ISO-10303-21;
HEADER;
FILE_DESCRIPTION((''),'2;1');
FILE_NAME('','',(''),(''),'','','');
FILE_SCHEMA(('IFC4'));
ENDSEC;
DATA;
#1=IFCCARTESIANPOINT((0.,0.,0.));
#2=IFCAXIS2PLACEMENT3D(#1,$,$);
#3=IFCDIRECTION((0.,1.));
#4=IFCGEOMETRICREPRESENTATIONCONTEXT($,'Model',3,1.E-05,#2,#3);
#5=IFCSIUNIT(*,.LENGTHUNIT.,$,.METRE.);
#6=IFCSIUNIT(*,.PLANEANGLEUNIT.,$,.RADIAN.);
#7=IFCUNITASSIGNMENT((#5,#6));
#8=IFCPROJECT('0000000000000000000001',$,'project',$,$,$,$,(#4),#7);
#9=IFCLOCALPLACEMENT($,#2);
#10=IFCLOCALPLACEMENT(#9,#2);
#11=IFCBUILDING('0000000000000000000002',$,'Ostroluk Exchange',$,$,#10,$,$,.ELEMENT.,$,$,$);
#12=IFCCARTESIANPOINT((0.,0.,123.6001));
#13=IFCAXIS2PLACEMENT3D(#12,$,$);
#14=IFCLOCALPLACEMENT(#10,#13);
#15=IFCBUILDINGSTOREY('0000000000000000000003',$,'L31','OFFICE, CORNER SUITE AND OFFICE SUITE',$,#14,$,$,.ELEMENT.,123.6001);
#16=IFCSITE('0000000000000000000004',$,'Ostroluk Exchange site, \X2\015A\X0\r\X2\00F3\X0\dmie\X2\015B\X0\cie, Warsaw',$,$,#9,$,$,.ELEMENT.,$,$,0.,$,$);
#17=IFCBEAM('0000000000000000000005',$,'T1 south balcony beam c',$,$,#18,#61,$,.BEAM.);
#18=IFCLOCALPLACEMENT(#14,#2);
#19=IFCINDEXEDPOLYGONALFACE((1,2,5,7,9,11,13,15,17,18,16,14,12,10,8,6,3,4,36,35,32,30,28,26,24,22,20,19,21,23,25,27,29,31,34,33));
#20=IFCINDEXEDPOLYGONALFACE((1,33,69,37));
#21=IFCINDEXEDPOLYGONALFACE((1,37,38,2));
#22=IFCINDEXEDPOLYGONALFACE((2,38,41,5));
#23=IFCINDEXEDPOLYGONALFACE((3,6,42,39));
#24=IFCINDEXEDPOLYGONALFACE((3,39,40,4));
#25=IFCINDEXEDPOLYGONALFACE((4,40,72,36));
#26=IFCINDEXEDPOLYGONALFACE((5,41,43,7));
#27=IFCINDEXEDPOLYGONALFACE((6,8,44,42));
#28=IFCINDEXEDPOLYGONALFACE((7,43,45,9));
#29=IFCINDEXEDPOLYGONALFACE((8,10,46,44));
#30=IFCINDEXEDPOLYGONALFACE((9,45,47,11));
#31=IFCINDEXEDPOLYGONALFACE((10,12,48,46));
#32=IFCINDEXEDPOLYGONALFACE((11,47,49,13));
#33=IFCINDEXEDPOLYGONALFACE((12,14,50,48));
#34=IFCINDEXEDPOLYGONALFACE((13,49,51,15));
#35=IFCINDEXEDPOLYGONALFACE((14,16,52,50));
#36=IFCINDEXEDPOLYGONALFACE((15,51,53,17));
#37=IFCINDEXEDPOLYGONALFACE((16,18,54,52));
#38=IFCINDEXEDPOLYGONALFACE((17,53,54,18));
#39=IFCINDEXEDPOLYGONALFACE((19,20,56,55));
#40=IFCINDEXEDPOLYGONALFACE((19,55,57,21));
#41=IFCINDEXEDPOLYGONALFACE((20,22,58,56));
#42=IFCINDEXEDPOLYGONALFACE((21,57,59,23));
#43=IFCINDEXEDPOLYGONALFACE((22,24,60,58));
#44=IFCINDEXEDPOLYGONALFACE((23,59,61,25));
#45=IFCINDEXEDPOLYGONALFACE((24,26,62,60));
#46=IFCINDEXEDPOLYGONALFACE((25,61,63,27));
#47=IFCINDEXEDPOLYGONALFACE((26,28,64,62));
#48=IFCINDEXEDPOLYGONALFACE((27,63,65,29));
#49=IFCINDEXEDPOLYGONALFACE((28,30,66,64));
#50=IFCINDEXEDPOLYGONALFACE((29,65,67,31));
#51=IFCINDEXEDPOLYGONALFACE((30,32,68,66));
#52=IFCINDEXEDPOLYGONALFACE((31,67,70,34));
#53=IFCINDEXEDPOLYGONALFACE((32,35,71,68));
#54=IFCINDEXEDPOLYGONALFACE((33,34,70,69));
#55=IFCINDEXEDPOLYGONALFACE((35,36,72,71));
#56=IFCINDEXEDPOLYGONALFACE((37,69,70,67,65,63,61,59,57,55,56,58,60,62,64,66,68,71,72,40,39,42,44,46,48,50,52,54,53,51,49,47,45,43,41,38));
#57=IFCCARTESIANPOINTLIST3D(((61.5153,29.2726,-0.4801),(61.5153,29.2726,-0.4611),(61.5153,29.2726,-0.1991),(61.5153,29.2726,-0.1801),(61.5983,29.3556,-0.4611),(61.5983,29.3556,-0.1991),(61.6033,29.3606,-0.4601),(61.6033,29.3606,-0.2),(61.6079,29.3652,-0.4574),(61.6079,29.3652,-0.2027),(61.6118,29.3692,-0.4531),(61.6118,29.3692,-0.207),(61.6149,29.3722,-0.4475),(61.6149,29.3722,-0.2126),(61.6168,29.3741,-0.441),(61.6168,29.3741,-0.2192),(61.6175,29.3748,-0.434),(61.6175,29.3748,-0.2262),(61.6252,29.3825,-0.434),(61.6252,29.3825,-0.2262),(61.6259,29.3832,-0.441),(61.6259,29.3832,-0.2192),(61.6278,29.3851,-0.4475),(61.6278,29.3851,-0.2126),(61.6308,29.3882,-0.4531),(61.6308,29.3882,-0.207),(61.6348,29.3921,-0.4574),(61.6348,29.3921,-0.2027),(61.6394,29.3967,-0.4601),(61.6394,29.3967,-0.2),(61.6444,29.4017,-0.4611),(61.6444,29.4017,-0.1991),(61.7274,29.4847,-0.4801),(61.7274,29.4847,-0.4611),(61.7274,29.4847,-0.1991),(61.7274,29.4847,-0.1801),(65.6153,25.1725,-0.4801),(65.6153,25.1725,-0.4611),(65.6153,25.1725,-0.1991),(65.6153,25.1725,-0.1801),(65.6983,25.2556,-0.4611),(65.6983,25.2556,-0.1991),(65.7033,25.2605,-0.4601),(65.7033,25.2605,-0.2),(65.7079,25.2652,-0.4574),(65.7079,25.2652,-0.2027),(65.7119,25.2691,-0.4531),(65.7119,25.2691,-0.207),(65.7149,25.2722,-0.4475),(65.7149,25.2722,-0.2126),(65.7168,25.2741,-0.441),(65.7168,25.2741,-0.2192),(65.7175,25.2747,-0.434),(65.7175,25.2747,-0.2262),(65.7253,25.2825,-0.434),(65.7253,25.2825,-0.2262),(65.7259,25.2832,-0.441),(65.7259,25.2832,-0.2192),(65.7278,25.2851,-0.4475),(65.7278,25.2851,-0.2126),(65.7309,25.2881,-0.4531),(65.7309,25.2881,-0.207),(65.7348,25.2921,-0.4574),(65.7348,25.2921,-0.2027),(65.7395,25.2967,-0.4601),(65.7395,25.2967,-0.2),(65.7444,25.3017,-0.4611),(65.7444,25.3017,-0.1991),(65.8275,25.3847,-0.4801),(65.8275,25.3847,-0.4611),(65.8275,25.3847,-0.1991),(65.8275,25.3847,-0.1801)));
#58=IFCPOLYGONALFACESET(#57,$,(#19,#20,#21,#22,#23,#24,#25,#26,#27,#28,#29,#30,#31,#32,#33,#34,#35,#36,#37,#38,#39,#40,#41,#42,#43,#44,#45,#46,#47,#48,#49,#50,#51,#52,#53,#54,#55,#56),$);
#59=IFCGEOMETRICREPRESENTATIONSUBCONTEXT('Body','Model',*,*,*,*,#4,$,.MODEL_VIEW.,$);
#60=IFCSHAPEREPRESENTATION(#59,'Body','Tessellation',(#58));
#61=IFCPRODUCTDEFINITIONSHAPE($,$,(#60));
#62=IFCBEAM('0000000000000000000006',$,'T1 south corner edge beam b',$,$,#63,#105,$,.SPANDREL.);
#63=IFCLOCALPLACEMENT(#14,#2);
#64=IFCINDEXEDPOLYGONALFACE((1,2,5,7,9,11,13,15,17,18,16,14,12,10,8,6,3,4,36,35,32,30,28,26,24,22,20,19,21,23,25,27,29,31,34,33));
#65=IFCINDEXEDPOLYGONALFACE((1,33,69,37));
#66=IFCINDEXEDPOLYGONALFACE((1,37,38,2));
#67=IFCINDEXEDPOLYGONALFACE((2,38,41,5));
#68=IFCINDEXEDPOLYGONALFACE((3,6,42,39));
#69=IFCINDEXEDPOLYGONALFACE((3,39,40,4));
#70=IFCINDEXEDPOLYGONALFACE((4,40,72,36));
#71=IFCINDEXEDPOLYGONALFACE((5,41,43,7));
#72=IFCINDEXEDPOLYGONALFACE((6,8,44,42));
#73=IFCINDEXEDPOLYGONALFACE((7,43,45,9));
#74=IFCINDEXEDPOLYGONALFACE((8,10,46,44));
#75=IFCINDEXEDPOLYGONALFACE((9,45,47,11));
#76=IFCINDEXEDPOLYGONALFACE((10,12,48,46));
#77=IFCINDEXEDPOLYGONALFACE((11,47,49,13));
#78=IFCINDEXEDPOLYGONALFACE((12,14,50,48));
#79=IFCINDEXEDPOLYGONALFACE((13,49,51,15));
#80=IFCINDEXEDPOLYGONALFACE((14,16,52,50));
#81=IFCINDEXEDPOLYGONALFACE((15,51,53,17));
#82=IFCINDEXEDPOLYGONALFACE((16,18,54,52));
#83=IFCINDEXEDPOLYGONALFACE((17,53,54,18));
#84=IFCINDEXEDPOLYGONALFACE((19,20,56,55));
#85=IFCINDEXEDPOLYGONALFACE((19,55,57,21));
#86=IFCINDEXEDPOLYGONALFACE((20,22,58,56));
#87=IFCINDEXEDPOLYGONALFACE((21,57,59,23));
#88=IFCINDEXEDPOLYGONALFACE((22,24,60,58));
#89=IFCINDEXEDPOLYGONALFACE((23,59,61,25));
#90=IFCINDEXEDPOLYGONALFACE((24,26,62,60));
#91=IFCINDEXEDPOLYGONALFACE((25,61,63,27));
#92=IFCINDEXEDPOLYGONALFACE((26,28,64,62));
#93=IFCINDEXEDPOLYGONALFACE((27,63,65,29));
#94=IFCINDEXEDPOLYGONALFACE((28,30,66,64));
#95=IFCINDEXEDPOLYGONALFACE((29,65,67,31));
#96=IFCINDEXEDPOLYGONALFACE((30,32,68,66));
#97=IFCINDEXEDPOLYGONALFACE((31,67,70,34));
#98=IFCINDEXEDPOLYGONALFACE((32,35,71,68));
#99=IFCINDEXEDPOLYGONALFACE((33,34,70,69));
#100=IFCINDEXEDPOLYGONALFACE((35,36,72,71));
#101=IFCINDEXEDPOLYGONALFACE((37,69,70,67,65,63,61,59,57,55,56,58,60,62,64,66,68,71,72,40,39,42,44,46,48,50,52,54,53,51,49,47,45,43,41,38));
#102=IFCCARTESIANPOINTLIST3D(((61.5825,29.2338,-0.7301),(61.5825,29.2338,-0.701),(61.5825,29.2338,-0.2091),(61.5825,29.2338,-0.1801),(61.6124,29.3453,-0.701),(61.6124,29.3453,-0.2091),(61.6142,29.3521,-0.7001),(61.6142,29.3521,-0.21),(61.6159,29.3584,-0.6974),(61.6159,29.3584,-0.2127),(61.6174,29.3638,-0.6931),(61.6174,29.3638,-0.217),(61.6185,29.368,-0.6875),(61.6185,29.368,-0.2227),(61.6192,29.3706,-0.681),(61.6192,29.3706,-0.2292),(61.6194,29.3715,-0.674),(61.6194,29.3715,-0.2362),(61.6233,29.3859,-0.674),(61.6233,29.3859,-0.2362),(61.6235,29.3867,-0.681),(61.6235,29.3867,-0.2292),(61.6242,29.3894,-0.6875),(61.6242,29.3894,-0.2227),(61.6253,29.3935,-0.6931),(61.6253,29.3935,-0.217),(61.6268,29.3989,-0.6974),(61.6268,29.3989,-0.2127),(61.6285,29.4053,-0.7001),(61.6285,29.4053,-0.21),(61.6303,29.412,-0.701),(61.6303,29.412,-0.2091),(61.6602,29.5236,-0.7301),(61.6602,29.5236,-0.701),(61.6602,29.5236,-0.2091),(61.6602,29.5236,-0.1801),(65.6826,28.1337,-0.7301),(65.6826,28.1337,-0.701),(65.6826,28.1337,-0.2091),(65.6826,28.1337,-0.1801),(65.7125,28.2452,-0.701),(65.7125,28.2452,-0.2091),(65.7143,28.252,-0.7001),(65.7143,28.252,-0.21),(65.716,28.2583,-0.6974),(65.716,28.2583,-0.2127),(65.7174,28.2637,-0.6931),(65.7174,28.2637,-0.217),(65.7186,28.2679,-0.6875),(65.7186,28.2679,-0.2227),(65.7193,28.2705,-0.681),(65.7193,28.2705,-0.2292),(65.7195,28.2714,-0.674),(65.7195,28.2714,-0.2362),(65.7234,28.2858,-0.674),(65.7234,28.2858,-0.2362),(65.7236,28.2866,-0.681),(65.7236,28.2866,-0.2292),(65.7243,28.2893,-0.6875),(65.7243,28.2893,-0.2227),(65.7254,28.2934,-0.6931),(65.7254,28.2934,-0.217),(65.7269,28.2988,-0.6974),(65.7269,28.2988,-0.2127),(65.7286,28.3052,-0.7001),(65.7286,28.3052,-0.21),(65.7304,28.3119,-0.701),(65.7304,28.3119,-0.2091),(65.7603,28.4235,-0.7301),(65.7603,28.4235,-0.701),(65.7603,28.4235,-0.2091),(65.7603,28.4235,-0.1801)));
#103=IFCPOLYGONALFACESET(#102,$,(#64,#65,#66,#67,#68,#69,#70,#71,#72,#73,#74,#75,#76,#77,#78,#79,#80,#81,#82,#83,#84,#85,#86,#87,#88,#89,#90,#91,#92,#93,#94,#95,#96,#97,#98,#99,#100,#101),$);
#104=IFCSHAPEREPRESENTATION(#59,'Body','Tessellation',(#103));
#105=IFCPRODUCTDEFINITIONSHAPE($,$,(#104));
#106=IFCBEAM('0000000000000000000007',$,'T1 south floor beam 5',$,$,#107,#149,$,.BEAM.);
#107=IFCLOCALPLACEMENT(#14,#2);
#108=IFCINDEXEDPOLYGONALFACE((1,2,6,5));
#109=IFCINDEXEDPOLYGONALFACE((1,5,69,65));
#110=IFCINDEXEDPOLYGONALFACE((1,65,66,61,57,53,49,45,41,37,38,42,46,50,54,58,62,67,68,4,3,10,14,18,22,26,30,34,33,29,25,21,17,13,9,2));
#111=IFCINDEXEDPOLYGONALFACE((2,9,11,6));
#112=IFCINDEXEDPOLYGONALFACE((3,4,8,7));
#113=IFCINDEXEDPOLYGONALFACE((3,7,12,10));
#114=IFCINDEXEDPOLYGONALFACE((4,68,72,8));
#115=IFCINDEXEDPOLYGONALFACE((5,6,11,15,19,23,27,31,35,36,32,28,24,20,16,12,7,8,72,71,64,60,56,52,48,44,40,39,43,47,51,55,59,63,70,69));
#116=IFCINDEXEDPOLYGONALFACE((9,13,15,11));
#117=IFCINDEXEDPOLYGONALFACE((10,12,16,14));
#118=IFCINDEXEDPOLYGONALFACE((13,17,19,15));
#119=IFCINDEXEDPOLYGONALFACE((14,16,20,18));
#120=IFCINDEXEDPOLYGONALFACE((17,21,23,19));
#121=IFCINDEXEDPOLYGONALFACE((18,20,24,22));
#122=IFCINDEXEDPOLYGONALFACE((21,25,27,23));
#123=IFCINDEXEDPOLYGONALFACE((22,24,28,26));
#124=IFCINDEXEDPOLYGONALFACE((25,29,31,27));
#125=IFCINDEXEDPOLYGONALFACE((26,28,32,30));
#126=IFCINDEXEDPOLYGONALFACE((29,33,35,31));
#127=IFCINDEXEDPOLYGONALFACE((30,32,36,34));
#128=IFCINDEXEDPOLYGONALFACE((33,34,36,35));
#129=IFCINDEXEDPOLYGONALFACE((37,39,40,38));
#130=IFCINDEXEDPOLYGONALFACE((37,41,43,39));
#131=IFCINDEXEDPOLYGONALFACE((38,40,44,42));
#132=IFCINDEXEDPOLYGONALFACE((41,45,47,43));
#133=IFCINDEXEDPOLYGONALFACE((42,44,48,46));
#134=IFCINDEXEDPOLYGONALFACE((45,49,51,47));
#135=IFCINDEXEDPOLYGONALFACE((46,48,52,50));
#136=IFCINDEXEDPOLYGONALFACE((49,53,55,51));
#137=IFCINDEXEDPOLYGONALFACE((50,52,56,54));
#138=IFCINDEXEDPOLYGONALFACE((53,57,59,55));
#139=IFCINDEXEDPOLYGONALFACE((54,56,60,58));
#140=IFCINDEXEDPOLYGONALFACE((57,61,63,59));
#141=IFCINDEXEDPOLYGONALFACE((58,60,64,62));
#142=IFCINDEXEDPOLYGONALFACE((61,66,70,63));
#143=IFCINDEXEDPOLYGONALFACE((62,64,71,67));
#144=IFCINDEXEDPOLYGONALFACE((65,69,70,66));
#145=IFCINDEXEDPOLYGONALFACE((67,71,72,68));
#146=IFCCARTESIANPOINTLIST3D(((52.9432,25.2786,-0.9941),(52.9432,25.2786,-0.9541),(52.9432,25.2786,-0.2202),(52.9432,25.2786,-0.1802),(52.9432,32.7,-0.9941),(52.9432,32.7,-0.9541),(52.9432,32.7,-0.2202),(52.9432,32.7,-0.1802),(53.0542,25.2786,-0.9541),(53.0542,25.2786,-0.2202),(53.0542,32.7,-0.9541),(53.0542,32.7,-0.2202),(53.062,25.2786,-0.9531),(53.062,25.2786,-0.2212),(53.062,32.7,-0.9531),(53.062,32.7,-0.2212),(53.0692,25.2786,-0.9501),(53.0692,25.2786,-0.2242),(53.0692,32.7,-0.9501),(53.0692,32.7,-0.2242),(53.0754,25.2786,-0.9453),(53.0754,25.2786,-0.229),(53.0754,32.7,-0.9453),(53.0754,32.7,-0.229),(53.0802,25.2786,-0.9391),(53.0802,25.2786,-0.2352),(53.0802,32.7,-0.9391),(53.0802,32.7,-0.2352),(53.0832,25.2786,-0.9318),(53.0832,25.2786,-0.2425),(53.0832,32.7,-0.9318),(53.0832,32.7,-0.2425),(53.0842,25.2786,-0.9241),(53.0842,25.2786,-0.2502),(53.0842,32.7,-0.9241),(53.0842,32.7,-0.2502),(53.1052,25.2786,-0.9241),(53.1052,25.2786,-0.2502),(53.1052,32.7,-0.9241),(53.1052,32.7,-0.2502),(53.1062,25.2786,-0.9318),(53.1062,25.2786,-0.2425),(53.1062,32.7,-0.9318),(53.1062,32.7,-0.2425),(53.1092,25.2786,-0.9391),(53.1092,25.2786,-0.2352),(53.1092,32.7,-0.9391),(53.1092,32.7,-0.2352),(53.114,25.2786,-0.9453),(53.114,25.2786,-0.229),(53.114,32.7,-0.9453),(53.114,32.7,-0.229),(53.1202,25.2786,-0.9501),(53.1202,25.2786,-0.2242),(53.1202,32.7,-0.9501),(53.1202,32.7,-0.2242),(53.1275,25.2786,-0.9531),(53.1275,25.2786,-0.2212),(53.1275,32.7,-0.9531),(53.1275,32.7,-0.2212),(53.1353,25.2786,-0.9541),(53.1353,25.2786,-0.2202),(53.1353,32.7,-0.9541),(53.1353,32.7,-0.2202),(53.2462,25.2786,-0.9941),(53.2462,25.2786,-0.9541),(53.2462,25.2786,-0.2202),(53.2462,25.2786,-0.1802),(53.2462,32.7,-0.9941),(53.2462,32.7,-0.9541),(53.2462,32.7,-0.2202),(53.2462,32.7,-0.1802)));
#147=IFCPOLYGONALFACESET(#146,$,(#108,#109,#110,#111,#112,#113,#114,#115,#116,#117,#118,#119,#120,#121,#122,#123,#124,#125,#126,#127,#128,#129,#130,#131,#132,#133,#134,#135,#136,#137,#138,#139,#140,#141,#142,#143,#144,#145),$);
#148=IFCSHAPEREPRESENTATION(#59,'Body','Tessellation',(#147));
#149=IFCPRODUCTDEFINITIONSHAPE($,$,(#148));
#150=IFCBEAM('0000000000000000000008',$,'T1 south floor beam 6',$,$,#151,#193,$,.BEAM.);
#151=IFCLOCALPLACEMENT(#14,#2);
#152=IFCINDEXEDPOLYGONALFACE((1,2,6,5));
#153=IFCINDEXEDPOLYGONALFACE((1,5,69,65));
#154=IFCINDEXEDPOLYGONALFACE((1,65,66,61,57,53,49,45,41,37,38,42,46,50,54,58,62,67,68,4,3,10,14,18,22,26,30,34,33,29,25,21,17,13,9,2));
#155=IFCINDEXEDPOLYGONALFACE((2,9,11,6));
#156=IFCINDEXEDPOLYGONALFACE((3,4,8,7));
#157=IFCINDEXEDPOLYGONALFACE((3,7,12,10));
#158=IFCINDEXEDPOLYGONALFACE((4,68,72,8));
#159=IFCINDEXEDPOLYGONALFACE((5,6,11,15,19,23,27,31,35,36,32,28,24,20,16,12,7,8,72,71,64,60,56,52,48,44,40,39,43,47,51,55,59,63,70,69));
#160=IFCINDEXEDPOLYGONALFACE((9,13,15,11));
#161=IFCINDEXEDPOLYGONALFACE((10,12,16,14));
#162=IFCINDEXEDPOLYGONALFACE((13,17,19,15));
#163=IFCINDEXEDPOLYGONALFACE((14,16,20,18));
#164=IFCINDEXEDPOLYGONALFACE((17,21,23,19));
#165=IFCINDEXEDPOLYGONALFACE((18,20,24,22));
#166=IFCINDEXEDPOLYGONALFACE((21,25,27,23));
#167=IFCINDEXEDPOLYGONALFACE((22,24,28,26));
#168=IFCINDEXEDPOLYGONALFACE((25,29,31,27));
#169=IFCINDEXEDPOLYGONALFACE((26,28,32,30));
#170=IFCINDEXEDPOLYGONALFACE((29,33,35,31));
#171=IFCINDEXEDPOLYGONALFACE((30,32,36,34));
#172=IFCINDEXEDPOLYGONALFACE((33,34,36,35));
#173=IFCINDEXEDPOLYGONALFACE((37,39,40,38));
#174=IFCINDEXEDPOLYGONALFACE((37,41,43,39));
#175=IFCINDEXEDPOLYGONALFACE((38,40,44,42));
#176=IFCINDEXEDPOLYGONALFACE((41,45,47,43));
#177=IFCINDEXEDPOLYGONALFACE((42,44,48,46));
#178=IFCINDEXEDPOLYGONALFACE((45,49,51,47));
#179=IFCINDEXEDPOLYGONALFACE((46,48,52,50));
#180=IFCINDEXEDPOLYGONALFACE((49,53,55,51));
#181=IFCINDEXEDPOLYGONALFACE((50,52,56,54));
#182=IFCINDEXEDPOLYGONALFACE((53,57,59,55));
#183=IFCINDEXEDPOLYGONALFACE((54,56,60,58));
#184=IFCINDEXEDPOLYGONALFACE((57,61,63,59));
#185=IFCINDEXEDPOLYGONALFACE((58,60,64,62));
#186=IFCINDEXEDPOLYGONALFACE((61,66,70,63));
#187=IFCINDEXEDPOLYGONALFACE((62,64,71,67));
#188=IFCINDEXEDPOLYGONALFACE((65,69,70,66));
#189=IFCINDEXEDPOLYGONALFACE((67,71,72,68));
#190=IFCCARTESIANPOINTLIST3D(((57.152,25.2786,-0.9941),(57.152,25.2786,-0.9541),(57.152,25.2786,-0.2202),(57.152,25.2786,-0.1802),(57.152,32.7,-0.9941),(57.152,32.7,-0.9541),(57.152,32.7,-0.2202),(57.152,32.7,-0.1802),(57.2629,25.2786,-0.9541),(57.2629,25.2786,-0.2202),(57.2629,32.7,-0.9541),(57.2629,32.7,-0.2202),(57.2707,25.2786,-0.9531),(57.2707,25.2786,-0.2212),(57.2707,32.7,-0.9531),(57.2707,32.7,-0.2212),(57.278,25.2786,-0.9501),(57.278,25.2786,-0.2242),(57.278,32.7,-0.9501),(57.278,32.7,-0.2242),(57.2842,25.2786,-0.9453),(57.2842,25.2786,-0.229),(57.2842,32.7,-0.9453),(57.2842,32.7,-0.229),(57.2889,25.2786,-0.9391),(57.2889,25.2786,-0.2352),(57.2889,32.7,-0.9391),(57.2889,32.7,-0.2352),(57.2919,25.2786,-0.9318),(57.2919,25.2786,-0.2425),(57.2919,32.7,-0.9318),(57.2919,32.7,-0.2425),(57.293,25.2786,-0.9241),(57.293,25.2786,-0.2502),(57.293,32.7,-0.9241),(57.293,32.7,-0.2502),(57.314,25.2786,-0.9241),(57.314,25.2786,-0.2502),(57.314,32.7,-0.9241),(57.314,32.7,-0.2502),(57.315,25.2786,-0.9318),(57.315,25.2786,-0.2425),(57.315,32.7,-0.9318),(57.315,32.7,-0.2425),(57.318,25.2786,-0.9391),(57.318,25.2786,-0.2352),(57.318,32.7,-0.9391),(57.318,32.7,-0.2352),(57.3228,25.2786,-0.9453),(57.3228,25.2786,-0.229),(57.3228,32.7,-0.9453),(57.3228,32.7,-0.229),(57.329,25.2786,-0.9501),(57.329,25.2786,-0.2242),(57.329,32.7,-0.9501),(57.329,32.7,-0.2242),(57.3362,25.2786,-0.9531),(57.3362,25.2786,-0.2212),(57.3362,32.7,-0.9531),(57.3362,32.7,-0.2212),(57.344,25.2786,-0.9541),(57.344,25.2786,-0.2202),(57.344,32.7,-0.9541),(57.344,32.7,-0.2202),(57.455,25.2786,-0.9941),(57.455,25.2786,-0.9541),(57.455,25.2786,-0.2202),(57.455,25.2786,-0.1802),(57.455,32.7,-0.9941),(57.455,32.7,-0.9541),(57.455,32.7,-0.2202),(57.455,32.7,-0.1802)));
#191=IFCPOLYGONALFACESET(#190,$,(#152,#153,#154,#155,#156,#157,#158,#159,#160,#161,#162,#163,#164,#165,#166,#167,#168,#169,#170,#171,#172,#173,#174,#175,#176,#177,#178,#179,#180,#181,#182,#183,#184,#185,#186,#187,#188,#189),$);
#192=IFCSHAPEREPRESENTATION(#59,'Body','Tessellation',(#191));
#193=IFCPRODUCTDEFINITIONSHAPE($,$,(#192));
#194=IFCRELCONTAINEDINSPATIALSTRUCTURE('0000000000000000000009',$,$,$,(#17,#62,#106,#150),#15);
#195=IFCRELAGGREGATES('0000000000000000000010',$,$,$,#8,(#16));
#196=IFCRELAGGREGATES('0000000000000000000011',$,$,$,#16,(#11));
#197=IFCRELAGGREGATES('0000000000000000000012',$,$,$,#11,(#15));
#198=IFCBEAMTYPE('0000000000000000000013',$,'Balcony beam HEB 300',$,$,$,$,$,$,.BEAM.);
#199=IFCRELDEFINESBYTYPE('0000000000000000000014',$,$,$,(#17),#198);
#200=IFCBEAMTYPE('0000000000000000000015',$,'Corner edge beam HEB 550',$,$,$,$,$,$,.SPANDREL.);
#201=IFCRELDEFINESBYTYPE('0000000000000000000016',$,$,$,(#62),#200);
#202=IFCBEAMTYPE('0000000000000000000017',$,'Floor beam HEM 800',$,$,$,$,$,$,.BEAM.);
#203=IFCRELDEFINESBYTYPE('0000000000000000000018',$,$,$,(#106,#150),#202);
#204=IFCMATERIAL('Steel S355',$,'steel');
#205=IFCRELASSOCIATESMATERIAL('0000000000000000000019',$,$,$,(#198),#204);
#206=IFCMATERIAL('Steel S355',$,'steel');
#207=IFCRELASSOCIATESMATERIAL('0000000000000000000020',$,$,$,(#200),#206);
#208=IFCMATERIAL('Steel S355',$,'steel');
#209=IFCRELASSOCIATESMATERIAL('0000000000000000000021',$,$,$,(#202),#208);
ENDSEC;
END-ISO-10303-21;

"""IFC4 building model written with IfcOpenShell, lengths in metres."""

from ifc_helpers import new_model, si_unit, direction, frame, origin, origin_2d, place, context, subcontext, project, spatial, i_section, extrude, material, material_profile, profile_set, type_object, element, save


model = new_model("IFC4")

# Units and contexts
model_context = context("Model", 3, precision=1e-05, world=origin(), true_north=direction((0.0, 1.0)))
body_context = subcontext(model_context, "Body", "Model", "MODEL_VIEW")
ifc_project = project(units=[si_unit("LENGTHUNIT", "METRE"), si_unit("PLANEANGLEUNIT", "RADIAN")], contexts=[model_context])

# Site, building, storey
site_placement = place(None, origin())
site = spatial("IfcSite", under=ifc_project, at=site_placement, Name="Ostroluk Exchange site, Śródmieście, Warsaw", CompositionType="ELEMENT", RefElevation=0.0)
building_placement = place(site_placement, origin())
building = spatial("IfcBuilding", under=site, at=building_placement, Name="Ostroluk Exchange", CompositionType="ELEMENT")
storey_placement = place(building_placement, frame((0.0, 0.0, 123.6001)))
storey = spatial("IfcBuildingStorey", under=building, at=storey_placement, Name="L31", Description="OFFICE, CORNER SUITE AND OFFICE SUITE", CompositionType="ELEMENT", Elevation=123.6001)

# Beams
ifc_material_1 = material(Name="Steel S355", Category="steel")
ifc_material_profile_1 = material_profile(ifc_material_1, i_section(OverallWidth=0.3, OverallDepth=0.3, WebThickness=0.011, FlangeThickness=0.019, FilletRadius=0.0271, at=origin_2d()), Name="HEB 300")
ifc_profile_set_1 = profile_set([ifc_material_profile_1], Name="Steel S355")
beam_type_1 = type_object("IfcBeamType", Name="Balcony beam HEB 300", PredefinedType="BEAM", material=ifc_profile_set_1)
beam_1_placement = place(storey_placement, frame((61.6213, 29.3787, -0.3301), z_axis=(0.707107, -0.707107, 0.0), x_axis=(0.707107, 0.707107, 0.0)))
element("IfcBeam", 1, at=beam_1_placement, inside=storey, type_object=beam_type_1, Name="T1 south balcony beam c", PredefinedType="BEAM", context=body_context, shape_type="SweptSolid", body=[
    extrude(i_section(OverallWidth=0.3, OverallDepth=0.3, WebThickness=0.011, FlangeThickness=0.019, FilletRadius=0.0271, at=origin_2d()), origin(), (0.0, 0.0, 1.0), 5.7983),
])
ifc_material_2 = material(Name="Steel S355", Category="steel")
ifc_material_profile_2 = material_profile(ifc_material_2, i_section(OverallWidth=0.3, OverallDepth=0.55, WebThickness=0.0149, FlangeThickness=0.0291, FilletRadius=0.0271, at=origin_2d()), Name="HEB 550")
ifc_profile_set_2 = profile_set([ifc_material_profile_2], Name="Steel S355")
beam_type_2 = type_object("IfcBeamType", Name="Corner edge beam HEB 550", PredefinedType="SPANDREL", material=ifc_profile_set_2)
beam_2_placement = place(storey_placement, frame((61.6213, 29.3787, -0.4551), z_axis=(0.965839, -0.259144, 0.0), x_axis=(0.259144, 0.965839, 0.0)))
element("IfcBeam", 2, at=beam_2_placement, inside=storey, type_object=beam_type_2, Name="T1 south corner edge beam b", PredefinedType="SPANDREL", context=body_context, shape_type="SweptSolid", body=[
    extrude(i_section(OverallWidth=0.3, OverallDepth=0.55, WebThickness=0.0149, FlangeThickness=0.0291, FilletRadius=0.0271, at=origin_2d()), origin(), (0.0, 0.0, 1.0), 4.2451),
])
ifc_material_3 = material(Name="Steel S355", Category="steel")
ifc_material_profile_3 = material_profile(ifc_material_3, i_section(OverallWidth=0.303, OverallDepth=0.814, WebThickness=0.021, FlangeThickness=0.04, FilletRadius=0.03, at=origin_2d()), Name="HEM 800")
ifc_profile_set_3 = profile_set([ifc_material_profile_3], Name="Steel S355")
beam_type_3 = type_object("IfcBeamType", Name="Floor beam HEM 800", PredefinedType="BEAM", material=ifc_profile_set_3)
for number, where, z_axis, x_axis, name in (
    (3, (53.0947, 32.7, -0.5872), (0.0, -1.0, 0.0), (1.0, 0.0, 0.0), "T1 south floor beam 5"),
    (4, (57.3035, 32.7, -0.5872), (0.0, -1.0, 0.0), (1.0, 0.0, 0.0), "T1 south floor beam 6"),
):
    element("IfcBeam", number, at=place(storey_placement, frame(where, z_axis=z_axis, x_axis=x_axis)), inside=storey, type_object=beam_type_3, Name=name, PredefinedType="BEAM", context=body_context, shape_type="SweptSolid", body=[
        extrude(i_section(OverallWidth=0.303, OverallDepth=0.814, WebThickness=0.021, FlangeThickness=0.04, FilletRadius=0.03, at=origin_2d()), origin(), (0.0, 0.0, 1.0), 7.4214),
    ])

save(model, "model.ifc")
